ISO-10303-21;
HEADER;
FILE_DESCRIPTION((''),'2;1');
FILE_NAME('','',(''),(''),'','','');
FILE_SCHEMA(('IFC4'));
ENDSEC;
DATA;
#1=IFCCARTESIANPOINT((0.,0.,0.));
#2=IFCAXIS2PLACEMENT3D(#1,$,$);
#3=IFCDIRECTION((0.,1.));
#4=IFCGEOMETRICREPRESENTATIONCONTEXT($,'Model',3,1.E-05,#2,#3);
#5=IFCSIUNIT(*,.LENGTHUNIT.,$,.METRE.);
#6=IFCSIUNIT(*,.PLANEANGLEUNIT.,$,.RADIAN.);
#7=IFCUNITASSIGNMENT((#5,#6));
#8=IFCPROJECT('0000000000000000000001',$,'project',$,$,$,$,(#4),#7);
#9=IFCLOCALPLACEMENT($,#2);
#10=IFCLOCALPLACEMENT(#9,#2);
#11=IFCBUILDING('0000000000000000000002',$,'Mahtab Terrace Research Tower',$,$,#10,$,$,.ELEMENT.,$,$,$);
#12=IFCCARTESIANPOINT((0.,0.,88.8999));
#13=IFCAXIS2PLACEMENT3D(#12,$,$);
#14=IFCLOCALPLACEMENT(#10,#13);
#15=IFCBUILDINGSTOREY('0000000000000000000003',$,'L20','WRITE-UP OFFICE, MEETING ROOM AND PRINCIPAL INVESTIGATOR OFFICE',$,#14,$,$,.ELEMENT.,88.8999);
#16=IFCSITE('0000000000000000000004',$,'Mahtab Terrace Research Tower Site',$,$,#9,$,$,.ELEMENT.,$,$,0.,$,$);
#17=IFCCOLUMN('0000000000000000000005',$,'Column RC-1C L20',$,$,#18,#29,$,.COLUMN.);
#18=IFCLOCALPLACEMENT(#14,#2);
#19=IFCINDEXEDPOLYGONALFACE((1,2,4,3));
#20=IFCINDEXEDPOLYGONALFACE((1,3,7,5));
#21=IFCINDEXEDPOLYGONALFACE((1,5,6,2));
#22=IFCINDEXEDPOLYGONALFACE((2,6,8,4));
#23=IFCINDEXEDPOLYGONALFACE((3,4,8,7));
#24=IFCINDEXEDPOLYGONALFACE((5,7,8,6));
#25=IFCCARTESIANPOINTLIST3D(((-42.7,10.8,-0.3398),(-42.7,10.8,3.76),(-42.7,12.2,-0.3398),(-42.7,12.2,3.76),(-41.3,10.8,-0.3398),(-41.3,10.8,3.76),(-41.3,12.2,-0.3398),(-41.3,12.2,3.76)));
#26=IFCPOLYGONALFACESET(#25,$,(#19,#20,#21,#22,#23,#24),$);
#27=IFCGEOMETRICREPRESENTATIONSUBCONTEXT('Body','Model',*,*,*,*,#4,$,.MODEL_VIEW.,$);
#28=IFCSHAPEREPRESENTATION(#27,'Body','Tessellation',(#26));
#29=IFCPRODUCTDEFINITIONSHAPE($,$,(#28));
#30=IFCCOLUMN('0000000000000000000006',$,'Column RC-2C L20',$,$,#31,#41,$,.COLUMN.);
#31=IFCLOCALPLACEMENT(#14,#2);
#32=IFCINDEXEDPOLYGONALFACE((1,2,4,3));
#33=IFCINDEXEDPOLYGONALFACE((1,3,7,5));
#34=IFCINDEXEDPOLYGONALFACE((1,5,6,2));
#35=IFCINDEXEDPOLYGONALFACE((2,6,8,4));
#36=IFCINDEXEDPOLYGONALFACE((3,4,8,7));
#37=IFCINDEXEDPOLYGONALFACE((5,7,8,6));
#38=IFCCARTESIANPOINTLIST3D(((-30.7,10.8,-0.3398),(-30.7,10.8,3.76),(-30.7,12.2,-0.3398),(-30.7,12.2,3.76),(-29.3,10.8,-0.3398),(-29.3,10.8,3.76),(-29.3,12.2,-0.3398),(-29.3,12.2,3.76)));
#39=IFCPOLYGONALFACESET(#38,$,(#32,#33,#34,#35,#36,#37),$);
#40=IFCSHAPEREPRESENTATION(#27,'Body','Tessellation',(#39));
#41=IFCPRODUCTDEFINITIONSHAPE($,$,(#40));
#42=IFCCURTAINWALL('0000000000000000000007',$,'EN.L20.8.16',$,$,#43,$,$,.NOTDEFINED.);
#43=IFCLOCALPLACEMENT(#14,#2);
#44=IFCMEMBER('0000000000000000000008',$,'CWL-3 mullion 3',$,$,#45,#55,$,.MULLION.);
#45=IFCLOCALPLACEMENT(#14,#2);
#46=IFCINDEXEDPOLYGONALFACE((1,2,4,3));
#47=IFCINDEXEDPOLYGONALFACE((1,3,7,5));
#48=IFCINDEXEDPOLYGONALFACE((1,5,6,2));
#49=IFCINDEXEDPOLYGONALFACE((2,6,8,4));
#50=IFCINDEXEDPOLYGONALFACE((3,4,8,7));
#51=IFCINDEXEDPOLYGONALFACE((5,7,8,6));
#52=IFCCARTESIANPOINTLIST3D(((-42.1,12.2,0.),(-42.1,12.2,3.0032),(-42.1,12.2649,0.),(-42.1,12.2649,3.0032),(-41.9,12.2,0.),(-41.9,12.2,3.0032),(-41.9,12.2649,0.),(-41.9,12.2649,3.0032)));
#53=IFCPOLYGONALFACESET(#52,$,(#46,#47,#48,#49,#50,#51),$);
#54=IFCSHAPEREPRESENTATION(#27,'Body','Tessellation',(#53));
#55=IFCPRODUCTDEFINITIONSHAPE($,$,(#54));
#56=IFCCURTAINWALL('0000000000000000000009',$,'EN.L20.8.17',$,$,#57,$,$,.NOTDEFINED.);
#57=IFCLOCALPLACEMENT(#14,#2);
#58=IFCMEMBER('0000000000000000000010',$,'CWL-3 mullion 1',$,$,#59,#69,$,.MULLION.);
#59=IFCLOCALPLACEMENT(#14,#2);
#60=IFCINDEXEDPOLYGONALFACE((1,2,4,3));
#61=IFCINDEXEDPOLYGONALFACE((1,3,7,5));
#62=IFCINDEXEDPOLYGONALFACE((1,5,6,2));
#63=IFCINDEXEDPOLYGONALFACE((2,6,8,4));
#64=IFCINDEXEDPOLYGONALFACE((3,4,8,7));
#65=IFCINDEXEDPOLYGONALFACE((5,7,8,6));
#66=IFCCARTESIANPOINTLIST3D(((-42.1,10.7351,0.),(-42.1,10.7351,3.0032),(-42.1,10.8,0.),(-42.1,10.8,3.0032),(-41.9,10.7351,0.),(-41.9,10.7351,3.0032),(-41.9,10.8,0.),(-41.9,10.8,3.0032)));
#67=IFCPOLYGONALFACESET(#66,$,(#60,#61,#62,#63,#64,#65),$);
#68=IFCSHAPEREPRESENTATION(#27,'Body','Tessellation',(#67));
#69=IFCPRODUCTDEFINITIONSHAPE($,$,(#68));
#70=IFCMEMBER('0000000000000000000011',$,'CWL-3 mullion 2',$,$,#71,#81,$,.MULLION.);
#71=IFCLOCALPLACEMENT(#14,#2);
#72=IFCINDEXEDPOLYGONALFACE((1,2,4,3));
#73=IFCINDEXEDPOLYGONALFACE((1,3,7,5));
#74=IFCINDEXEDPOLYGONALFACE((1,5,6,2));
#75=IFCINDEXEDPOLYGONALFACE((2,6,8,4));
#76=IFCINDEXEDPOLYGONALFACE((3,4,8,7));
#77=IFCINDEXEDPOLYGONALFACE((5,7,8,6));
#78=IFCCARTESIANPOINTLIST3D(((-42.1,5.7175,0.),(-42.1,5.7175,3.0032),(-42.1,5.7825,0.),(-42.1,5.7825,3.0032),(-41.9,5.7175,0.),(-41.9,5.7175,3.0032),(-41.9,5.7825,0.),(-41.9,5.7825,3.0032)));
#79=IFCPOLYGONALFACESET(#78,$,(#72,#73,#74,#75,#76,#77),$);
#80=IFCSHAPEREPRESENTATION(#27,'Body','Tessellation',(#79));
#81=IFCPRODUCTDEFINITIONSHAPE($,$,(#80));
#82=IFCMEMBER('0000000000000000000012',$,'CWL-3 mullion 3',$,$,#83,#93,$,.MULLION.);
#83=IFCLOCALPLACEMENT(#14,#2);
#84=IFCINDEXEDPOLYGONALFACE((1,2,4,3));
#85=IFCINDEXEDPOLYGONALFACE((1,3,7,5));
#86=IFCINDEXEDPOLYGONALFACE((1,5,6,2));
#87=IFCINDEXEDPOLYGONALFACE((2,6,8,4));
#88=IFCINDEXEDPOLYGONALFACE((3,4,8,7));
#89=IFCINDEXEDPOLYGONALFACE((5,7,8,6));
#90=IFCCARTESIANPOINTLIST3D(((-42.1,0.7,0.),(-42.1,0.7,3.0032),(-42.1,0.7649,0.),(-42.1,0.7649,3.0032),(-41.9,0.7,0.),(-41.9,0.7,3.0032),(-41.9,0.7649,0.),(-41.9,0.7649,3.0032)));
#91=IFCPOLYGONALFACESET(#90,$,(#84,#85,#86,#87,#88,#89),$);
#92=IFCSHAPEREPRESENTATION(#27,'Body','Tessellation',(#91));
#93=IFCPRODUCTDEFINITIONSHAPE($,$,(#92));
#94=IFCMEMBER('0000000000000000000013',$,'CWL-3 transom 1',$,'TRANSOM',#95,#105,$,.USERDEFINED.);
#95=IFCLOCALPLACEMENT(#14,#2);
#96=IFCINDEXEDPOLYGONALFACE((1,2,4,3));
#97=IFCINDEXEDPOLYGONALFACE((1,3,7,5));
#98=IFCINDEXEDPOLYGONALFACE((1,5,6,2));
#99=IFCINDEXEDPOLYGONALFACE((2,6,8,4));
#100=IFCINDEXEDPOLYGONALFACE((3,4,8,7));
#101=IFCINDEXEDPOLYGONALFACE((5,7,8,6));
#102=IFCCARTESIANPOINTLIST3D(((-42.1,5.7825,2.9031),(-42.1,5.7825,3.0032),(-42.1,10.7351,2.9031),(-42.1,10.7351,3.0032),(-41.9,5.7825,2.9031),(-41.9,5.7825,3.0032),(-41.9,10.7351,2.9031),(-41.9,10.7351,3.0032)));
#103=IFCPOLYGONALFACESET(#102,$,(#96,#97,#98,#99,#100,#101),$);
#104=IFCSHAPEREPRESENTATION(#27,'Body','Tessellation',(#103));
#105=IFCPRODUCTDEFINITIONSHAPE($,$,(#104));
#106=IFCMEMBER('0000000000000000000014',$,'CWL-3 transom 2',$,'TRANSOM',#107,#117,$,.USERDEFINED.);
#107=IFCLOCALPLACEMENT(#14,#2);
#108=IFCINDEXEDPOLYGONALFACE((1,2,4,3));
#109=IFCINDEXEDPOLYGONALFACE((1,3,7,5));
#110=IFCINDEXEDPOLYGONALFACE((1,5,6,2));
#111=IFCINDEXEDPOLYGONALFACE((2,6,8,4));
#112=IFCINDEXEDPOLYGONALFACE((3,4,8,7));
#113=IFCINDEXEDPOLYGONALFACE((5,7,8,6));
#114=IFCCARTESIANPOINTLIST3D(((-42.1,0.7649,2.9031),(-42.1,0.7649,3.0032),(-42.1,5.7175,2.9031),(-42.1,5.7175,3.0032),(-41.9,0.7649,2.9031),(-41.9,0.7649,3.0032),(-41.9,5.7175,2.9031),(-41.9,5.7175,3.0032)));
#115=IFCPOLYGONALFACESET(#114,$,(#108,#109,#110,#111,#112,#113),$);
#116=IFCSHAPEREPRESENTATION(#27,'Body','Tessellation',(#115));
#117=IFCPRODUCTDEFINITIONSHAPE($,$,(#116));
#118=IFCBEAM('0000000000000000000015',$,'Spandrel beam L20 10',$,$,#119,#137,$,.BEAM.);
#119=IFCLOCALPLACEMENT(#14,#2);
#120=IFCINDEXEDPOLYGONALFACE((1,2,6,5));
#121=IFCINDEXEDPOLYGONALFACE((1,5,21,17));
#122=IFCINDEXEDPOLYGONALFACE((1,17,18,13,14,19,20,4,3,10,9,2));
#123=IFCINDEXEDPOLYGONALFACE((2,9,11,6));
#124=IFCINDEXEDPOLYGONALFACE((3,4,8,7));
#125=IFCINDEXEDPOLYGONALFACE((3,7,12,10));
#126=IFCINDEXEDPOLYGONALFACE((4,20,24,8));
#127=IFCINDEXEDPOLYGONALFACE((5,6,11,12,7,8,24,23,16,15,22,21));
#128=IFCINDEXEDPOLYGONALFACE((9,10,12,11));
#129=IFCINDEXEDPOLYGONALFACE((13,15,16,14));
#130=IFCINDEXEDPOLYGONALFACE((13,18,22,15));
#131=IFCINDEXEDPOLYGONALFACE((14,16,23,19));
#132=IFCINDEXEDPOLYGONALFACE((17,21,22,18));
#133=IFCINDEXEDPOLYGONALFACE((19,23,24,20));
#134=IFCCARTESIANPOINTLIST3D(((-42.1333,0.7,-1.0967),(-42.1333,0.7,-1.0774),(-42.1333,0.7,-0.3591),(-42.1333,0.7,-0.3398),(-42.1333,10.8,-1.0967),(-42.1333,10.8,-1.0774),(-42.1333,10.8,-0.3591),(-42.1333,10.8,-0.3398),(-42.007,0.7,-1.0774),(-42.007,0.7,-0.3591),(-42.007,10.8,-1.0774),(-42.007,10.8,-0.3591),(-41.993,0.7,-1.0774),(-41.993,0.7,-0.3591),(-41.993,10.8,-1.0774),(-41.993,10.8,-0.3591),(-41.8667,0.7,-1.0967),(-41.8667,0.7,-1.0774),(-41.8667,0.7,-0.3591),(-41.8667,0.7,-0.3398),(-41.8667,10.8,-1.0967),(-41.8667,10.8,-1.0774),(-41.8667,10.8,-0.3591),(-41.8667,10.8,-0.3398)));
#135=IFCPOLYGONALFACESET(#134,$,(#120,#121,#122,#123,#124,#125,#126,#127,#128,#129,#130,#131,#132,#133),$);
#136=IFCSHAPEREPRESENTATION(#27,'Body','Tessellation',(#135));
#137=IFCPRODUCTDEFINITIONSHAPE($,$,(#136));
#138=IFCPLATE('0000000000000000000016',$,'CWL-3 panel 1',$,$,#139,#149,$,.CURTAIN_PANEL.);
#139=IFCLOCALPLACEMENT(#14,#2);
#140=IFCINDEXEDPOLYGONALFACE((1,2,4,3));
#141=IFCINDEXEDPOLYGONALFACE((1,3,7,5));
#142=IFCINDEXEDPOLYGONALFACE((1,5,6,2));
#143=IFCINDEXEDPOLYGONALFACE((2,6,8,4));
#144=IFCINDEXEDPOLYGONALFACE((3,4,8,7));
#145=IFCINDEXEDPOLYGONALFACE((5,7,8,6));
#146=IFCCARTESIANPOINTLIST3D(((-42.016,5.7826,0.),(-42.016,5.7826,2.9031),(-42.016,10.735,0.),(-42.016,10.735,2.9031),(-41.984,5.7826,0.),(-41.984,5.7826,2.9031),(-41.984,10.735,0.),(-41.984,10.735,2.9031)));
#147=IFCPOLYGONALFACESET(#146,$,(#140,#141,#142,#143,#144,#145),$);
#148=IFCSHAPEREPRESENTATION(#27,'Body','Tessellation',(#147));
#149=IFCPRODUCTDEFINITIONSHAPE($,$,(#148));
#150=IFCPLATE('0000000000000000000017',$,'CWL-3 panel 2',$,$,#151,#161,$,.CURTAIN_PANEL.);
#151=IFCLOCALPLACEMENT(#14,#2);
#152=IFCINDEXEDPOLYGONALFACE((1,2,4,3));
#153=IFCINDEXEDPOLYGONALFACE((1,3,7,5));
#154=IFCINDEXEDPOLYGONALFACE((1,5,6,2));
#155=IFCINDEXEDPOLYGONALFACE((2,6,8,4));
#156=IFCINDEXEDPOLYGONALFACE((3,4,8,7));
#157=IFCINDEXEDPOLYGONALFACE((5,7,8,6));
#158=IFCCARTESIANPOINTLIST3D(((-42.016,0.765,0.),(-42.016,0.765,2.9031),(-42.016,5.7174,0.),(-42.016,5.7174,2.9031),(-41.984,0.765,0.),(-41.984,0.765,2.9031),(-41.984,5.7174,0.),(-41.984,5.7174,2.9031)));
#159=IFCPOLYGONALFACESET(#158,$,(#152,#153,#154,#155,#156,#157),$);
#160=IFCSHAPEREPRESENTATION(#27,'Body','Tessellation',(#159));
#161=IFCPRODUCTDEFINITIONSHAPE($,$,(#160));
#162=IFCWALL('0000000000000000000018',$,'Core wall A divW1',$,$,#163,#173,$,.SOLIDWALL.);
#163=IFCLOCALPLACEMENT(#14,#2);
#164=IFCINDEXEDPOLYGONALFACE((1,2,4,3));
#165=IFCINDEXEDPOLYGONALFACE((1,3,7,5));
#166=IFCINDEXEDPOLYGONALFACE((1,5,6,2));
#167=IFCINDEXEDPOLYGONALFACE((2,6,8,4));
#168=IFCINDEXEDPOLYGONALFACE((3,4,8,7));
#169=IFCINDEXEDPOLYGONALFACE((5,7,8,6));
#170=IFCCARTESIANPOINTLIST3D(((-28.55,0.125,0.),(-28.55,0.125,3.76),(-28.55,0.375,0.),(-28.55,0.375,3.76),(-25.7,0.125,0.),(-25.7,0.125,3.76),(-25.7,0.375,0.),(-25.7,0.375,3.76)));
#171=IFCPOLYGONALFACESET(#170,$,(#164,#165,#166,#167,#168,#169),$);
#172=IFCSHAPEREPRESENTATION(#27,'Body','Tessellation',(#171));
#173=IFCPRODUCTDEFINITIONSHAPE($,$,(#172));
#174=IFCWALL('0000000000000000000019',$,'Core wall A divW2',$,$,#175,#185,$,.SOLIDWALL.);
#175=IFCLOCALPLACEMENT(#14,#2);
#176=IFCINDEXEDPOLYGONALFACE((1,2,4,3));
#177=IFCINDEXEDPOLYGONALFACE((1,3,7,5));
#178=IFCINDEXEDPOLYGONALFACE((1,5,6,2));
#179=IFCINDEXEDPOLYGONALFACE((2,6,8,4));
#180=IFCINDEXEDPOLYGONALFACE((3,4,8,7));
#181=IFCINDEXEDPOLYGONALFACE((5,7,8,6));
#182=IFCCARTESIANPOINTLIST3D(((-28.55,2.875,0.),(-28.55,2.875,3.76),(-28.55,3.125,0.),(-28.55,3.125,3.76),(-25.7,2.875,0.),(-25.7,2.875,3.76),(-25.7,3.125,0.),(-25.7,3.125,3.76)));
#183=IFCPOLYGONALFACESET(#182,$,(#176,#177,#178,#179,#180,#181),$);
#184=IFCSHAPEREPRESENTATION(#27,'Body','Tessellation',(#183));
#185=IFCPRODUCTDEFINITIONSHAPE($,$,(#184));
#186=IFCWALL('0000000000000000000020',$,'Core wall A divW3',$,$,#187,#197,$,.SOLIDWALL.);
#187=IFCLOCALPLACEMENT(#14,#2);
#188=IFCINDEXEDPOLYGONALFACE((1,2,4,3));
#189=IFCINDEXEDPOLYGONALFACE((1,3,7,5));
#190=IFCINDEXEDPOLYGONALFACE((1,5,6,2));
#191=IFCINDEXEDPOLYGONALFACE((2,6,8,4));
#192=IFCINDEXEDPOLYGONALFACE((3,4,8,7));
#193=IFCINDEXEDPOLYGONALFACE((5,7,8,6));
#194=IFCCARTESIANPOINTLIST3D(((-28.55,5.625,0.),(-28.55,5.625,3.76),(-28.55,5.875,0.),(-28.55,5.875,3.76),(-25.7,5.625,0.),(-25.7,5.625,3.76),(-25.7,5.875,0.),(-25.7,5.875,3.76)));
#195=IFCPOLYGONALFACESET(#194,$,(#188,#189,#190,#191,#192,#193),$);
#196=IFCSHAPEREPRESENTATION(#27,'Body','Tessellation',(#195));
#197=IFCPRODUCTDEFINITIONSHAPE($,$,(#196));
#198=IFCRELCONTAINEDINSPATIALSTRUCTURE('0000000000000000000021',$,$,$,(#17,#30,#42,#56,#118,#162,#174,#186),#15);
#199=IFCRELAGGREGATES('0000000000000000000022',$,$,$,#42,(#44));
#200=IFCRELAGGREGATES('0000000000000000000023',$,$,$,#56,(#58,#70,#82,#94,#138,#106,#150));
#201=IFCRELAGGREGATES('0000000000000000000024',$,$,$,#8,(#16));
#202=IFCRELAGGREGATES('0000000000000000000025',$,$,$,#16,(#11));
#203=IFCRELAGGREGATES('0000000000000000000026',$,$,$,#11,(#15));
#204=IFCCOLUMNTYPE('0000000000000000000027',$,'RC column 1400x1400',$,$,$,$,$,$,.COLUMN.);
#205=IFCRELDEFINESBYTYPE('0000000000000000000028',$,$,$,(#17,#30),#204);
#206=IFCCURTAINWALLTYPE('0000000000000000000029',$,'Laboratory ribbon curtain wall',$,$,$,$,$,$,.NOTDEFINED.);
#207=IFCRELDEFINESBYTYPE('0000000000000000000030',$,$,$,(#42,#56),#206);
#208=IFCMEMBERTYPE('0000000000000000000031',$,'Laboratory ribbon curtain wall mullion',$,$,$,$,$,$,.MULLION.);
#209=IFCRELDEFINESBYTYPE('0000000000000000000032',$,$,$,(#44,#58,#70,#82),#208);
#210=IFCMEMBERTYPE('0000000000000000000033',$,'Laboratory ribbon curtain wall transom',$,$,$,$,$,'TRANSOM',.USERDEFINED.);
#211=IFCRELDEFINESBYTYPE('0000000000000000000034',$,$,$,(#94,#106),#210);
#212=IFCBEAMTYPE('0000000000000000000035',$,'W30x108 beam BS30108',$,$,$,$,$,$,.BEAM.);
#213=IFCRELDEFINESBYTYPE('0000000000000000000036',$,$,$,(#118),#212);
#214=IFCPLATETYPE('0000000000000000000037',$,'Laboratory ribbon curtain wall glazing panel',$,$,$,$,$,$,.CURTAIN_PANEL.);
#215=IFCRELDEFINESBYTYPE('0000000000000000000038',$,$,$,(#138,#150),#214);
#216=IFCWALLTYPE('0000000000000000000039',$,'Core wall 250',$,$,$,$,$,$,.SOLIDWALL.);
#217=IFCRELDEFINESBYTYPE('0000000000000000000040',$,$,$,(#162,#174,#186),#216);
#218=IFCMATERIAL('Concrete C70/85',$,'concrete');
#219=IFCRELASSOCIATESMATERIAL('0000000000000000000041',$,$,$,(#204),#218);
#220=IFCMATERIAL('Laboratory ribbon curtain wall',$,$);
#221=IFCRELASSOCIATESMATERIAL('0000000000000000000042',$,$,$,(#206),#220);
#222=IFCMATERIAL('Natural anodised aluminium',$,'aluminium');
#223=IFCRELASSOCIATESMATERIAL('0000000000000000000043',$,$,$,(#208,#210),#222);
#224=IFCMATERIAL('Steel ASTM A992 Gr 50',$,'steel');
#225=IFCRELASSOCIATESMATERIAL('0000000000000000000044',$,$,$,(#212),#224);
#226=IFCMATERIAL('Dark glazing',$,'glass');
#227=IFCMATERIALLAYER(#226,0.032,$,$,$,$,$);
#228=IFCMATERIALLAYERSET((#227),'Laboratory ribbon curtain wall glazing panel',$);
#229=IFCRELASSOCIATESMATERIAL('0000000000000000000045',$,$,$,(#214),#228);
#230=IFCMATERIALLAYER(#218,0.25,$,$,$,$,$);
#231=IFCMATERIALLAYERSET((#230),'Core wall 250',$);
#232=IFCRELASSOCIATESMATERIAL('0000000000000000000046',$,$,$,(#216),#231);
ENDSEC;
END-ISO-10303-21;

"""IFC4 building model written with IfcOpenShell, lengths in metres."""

from ifc_helpers import new_model, si_unit, direction, frame, frame_2d, origin, origin_2d, place, context, subcontext, project, spatial, rectangle, i_section, extrude, material, layer, layer_set, material_profile, profile_set, type_object, element, aggregate, save


model = new_model("IFC4")

# Units and contexts
model_context = context("Model", 3, precision=1e-05, world=origin(), true_north=direction((0.0, 1.0)))
body_context = subcontext(model_context, "Body", "Model", "MODEL_VIEW")
ifc_project = project(units=[si_unit("LENGTHUNIT", "METRE"), si_unit("PLANEANGLEUNIT", "RADIAN")], contexts=[model_context])

# Site, building, storey
site_placement = place(None, origin())
site = spatial("IfcSite", under=ifc_project, at=site_placement, Name="Mahtab Terrace Research Tower Site", CompositionType="ELEMENT", RefElevation=0.0)
building_placement = place(site_placement, origin())
building = spatial("IfcBuilding", under=site, at=building_placement, Name="Mahtab Terrace Research Tower", CompositionType="ELEMENT")
storey_placement = place(building_placement, frame((0.0, 0.0, 88.8999)))
storey = spatial("IfcBuildingStorey", under=building, at=storey_placement, Name="L20", Description="WRITE-UP OFFICE, MEETING ROOM AND PRINCIPAL INVESTIGATOR OFFICE", CompositionType="ELEMENT", Elevation=88.8999)

# Columns
ifc_material_1 = material(Name="Concrete C70/85", Category="concrete")
ifc_material_profile_1 = material_profile(ifc_material_1, rectangle(XDim=1.3999, YDim=1.3999, at=origin_2d()), Name="RC column 1400x1400")
ifc_profile_set_1 = profile_set([ifc_material_profile_1], Name="Concrete C70/85")
column_type = type_object("IfcColumnType", Name="RC column 1400x1400", PredefinedType="COLUMN", material=ifc_profile_set_1)
for number, where, z_axis, x_axis, name in (
    (1, (-42.0, 11.5, -0.3398), (0.0, 0.0, 1.0), (1.0, 0.0, 0.0), "Column RC-1C L20"),
    (2, (-30.0, 11.5, -0.3398), (0.0, 0.0, 1.0), (1.0, 0.0, 0.0), "Column RC-2C L20"),
):
    element("IfcColumn", number, at=place(storey_placement, frame(where, z_axis=z_axis, x_axis=x_axis)), inside=storey, type_object=column_type, Name=name, PredefinedType="COLUMN", context=body_context, shape_type="SweptSolid", body=[
        extrude(rectangle(XDim=1.3999, YDim=1.3999, at=origin_2d()), origin(), (0.0, 0.0, 1.0), 4.0999),
    ])

# Curtain wall, member
ifc_material_2 = material(Name="Laboratory ribbon curtain wall")
curtain_wall_type = type_object("IfcCurtainWallType", Name="Laboratory ribbon curtain wall", PredefinedType="NOTDEFINED", material=ifc_material_2)
curtain_wall_1_placement = place(storey_placement, origin())
curtain_wall_1 = element("IfcCurtainWall", 3, at=curtain_wall_1_placement, inside=storey, type_object=curtain_wall_type, Name="EN.L20.8.16", PredefinedType="NOTDEFINED")
ifc_material_3 = material(Name="Natural anodised aluminium", Category="aluminium")
ifc_material_profile_2 = material_profile(ifc_material_3, rectangle(XDim=0.2, YDim=0.0649, at=origin_2d()), Name="MULLION 65x200")
ifc_profile_set_2 = profile_set([ifc_material_profile_2], Name="Natural anodised aluminium")
member_type_1 = type_object("IfcMemberType", Name="Laboratory ribbon curtain wall mullion", PredefinedType="MULLION", material=ifc_profile_set_2)
member_1_placement = place(storey_placement, frame((-42.0, 12.2324, 0.0), z_axis=(0.0, 0.0, 1.0), x_axis=(1.0, 0.0, 0.0)))
member_1 = element("IfcMember", 4, at=member_1_placement, type_object=member_type_1, Name="CWL-3 mullion 3", PredefinedType="MULLION", context=body_context, shape_type="SweptSolid", body=[
    extrude(rectangle(XDim=0.2, YDim=0.0649, at=origin_2d()), origin(), (0.0, 0.0, 1.0), 3.0032),
])
aggregate(curtain_wall_1, [member_1])

# Curtain wall, members
curtain_wall_2_placement = place(storey_placement, origin())
curtain_wall_2 = element("IfcCurtainWall", 5, at=curtain_wall_2_placement, inside=storey, type_object=curtain_wall_type, Name="EN.L20.8.17", PredefinedType="NOTDEFINED")
member_2_placement = place(storey_placement, frame((-42.0, 10.7676, 0.0), z_axis=(0.0, 0.0, 1.0), x_axis=(1.0, 0.0, 0.0)))
member_2 = element("IfcMember", 6, at=member_2_placement, type_object=member_type_1, Name="CWL-3 mullion 1", PredefinedType="MULLION", context=body_context, shape_type="SweptSolid", body=[
    extrude(rectangle(XDim=0.2, YDim=0.0649, at=origin_2d()), origin(), (0.0, 0.0, 1.0), 3.0032),
])
member_3_placement = place(storey_placement, frame((-42.0, 5.75, 0.0), z_axis=(0.0, 0.0, 1.0), x_axis=(1.0, 0.0, 0.0)))
member_3 = element("IfcMember", 7, at=member_3_placement, type_object=member_type_1, Name="CWL-3 mullion 2", PredefinedType="MULLION", context=body_context, shape_type="SweptSolid", body=[
    extrude(rectangle(XDim=0.2, YDim=0.0649, at=origin_2d()), origin(), (0.0, 0.0, 1.0), 3.0032),
])
member_4_placement = place(storey_placement, frame((-42.0, 0.7324, 0.0), z_axis=(0.0, 0.0, 1.0), x_axis=(1.0, 0.0, 0.0)))
member_4 = element("IfcMember", 8, at=member_4_placement, type_object=member_type_1, Name="CWL-3 mullion 3", PredefinedType="MULLION", context=body_context, shape_type="SweptSolid", body=[
    extrude(rectangle(XDim=0.2, YDim=0.0649, at=origin_2d()), origin(), (0.0, 0.0, 1.0), 3.0032),
])
ifc_material_profile_3 = material_profile(ifc_material_3, rectangle(XDim=0.2, YDim=0.1001, at=origin_2d()), Name="TRANSOM 100x200")
ifc_profile_set_3 = profile_set([ifc_material_profile_3], Name="Natural anodised aluminium")
member_type_2 = type_object("IfcMemberType", Name="Laboratory ribbon curtain wall transom", ElementType="TRANSOM", PredefinedType="USERDEFINED", material=ifc_profile_set_3)
member_5_placement = place(storey_placement, frame((-42.0, 10.7351, 2.9531), z_axis=(0.0, -1.0, 0.0), x_axis=(1.0, 0.0, 0.0)))
member_5 = element("IfcMember", 9, at=member_5_placement, type_object=member_type_2, Name="CWL-3 transom 1", ObjectType="TRANSOM", PredefinedType="USERDEFINED", context=body_context, shape_type="SweptSolid", body=[
    extrude(rectangle(XDim=0.2, YDim=0.1001, at=origin_2d()), origin(), (0.0, 0.0, 1.0), 4.9526),
])
member_6_placement = place(storey_placement, frame((-42.0, 5.7175, 2.9531), z_axis=(0.0, -1.0, 0.0), x_axis=(1.0, 0.0, 0.0)))
member_6 = element("IfcMember", 10, at=member_6_placement, type_object=member_type_2, Name="CWL-3 transom 2", ObjectType="TRANSOM", PredefinedType="USERDEFINED", context=body_context, shape_type="SweptSolid", body=[
    extrude(rectangle(XDim=0.2, YDim=0.1001, at=origin_2d()), origin(), (0.0, 0.0, 1.0), 4.9526),
])

# Beam
ifc_material_4 = material(Name="Steel ASTM A992 Gr 50", Category="steel")
ifc_material_profile_4 = material_profile(ifc_material_4, i_section(OverallWidth=0.2666, OverallDepth=0.7568, WebThickness=0.0139, FlangeThickness=0.0193, at=origin_2d()), Name="W30X108")
ifc_profile_set_4 = profile_set([ifc_material_profile_4], Name="Steel ASTM A992 Gr 50")
beam_type = type_object("IfcBeamType", Name="W30x108 beam BS30108", PredefinedType="BEAM", material=ifc_profile_set_4)
beam_placement = place(storey_placement, frame((-42.0, 10.8, -0.7183), z_axis=(0.0, -1.0, 0.0), x_axis=(1.0, 0.0, 0.0)))
element("IfcBeam", 11, at=beam_placement, inside=storey, type_object=beam_type, Name="Spandrel beam L20 10", PredefinedType="BEAM", context=body_context, shape_type="SweptSolid", body=[
    extrude(i_section(OverallWidth=0.2666, OverallDepth=0.7568, WebThickness=0.0139, FlangeThickness=0.0193, at=origin_2d()), origin(), (0.0, 0.0, 1.0), 10.1001),
])

# Plates
ifc_material_5 = material(Name="Dark glazing", Category="glass")
ifc_layer_1 = layer(ifc_material_5, 0.032)
ifc_layer_set_1 = layer_set([ifc_layer_1], Name="Laboratory ribbon curtain wall glazing panel")
plate_type = type_object("IfcPlateType", Name="Laboratory ribbon curtain wall glazing panel", PredefinedType="CURTAIN_PANEL", material=ifc_layer_set_1)
plate_1_placement = place(storey_placement, frame((-42.0, 8.2588, 0.0), z_axis=(0.0, 0.0, 1.0), x_axis=(0.0, -1.0, 0.0)))
plate_1 = element("IfcPlate", 12, at=plate_1_placement, type_object=plate_type, Name="CWL-3 panel 1", PredefinedType="CURTAIN_PANEL", context=body_context, shape_type="SweptSolid", body=[
    extrude(rectangle(XDim=4.9524, YDim=0.032, at=origin_2d()), origin(), (0.0, 0.0, 1.0), 2.9031),
])
plate_2_placement = place(storey_placement, frame((-42.0, 3.2412, 0.0), z_axis=(0.0, 0.0, 1.0), x_axis=(0.0, -1.0, 0.0)))
plate_2 = element("IfcPlate", 13, at=plate_2_placement, type_object=plate_type, Name="CWL-3 panel 2", PredefinedType="CURTAIN_PANEL", context=body_context, shape_type="SweptSolid", body=[
    extrude(rectangle(XDim=4.9524, YDim=0.032, at=origin_2d()), origin(), (0.0, 0.0, 1.0), 2.9031),
])
aggregate(curtain_wall_2, [member_2, member_3, member_4, member_5, plate_1, member_6, plate_2])

# Walls
ifc_layer_2 = layer(ifc_material_1, 0.25)
ifc_layer_set_2 = layer_set([ifc_layer_2], Name="Core wall 250")
wall_type = type_object("IfcWallType", Name="Core wall 250", PredefinedType="SOLIDWALL", material=ifc_layer_set_2)
for number, where, z_axis, x_axis, name in (
    (14, (-28.55, 0.25, 0.0), (0.0, 0.0, 1.0), (1.0, 0.0, 0.0), "Core wall A divW1"),
    (15, (-28.55, 3.0, 0.0), (0.0, 0.0, 1.0), (1.0, 0.0, 0.0), "Core wall A divW2"),
    (16, (-28.55, 5.75, 0.0), (0.0, 0.0, 1.0), (1.0, 0.0, 0.0), "Core wall A divW3"),
):
    element("IfcWall", number, at=place(storey_placement, frame(where, z_axis=z_axis, x_axis=x_axis)), inside=storey, type_object=wall_type, Name=name, PredefinedType="SOLIDWALL", context=body_context, shape_type="SweptSolid", body=[
        extrude(rectangle(XDim=2.8501, YDim=0.25, at=frame_2d((1.425, 0.0))), origin(), (0.0, 0.0, 1.0), 3.76),
    ])

save(model, "model.ifc")
